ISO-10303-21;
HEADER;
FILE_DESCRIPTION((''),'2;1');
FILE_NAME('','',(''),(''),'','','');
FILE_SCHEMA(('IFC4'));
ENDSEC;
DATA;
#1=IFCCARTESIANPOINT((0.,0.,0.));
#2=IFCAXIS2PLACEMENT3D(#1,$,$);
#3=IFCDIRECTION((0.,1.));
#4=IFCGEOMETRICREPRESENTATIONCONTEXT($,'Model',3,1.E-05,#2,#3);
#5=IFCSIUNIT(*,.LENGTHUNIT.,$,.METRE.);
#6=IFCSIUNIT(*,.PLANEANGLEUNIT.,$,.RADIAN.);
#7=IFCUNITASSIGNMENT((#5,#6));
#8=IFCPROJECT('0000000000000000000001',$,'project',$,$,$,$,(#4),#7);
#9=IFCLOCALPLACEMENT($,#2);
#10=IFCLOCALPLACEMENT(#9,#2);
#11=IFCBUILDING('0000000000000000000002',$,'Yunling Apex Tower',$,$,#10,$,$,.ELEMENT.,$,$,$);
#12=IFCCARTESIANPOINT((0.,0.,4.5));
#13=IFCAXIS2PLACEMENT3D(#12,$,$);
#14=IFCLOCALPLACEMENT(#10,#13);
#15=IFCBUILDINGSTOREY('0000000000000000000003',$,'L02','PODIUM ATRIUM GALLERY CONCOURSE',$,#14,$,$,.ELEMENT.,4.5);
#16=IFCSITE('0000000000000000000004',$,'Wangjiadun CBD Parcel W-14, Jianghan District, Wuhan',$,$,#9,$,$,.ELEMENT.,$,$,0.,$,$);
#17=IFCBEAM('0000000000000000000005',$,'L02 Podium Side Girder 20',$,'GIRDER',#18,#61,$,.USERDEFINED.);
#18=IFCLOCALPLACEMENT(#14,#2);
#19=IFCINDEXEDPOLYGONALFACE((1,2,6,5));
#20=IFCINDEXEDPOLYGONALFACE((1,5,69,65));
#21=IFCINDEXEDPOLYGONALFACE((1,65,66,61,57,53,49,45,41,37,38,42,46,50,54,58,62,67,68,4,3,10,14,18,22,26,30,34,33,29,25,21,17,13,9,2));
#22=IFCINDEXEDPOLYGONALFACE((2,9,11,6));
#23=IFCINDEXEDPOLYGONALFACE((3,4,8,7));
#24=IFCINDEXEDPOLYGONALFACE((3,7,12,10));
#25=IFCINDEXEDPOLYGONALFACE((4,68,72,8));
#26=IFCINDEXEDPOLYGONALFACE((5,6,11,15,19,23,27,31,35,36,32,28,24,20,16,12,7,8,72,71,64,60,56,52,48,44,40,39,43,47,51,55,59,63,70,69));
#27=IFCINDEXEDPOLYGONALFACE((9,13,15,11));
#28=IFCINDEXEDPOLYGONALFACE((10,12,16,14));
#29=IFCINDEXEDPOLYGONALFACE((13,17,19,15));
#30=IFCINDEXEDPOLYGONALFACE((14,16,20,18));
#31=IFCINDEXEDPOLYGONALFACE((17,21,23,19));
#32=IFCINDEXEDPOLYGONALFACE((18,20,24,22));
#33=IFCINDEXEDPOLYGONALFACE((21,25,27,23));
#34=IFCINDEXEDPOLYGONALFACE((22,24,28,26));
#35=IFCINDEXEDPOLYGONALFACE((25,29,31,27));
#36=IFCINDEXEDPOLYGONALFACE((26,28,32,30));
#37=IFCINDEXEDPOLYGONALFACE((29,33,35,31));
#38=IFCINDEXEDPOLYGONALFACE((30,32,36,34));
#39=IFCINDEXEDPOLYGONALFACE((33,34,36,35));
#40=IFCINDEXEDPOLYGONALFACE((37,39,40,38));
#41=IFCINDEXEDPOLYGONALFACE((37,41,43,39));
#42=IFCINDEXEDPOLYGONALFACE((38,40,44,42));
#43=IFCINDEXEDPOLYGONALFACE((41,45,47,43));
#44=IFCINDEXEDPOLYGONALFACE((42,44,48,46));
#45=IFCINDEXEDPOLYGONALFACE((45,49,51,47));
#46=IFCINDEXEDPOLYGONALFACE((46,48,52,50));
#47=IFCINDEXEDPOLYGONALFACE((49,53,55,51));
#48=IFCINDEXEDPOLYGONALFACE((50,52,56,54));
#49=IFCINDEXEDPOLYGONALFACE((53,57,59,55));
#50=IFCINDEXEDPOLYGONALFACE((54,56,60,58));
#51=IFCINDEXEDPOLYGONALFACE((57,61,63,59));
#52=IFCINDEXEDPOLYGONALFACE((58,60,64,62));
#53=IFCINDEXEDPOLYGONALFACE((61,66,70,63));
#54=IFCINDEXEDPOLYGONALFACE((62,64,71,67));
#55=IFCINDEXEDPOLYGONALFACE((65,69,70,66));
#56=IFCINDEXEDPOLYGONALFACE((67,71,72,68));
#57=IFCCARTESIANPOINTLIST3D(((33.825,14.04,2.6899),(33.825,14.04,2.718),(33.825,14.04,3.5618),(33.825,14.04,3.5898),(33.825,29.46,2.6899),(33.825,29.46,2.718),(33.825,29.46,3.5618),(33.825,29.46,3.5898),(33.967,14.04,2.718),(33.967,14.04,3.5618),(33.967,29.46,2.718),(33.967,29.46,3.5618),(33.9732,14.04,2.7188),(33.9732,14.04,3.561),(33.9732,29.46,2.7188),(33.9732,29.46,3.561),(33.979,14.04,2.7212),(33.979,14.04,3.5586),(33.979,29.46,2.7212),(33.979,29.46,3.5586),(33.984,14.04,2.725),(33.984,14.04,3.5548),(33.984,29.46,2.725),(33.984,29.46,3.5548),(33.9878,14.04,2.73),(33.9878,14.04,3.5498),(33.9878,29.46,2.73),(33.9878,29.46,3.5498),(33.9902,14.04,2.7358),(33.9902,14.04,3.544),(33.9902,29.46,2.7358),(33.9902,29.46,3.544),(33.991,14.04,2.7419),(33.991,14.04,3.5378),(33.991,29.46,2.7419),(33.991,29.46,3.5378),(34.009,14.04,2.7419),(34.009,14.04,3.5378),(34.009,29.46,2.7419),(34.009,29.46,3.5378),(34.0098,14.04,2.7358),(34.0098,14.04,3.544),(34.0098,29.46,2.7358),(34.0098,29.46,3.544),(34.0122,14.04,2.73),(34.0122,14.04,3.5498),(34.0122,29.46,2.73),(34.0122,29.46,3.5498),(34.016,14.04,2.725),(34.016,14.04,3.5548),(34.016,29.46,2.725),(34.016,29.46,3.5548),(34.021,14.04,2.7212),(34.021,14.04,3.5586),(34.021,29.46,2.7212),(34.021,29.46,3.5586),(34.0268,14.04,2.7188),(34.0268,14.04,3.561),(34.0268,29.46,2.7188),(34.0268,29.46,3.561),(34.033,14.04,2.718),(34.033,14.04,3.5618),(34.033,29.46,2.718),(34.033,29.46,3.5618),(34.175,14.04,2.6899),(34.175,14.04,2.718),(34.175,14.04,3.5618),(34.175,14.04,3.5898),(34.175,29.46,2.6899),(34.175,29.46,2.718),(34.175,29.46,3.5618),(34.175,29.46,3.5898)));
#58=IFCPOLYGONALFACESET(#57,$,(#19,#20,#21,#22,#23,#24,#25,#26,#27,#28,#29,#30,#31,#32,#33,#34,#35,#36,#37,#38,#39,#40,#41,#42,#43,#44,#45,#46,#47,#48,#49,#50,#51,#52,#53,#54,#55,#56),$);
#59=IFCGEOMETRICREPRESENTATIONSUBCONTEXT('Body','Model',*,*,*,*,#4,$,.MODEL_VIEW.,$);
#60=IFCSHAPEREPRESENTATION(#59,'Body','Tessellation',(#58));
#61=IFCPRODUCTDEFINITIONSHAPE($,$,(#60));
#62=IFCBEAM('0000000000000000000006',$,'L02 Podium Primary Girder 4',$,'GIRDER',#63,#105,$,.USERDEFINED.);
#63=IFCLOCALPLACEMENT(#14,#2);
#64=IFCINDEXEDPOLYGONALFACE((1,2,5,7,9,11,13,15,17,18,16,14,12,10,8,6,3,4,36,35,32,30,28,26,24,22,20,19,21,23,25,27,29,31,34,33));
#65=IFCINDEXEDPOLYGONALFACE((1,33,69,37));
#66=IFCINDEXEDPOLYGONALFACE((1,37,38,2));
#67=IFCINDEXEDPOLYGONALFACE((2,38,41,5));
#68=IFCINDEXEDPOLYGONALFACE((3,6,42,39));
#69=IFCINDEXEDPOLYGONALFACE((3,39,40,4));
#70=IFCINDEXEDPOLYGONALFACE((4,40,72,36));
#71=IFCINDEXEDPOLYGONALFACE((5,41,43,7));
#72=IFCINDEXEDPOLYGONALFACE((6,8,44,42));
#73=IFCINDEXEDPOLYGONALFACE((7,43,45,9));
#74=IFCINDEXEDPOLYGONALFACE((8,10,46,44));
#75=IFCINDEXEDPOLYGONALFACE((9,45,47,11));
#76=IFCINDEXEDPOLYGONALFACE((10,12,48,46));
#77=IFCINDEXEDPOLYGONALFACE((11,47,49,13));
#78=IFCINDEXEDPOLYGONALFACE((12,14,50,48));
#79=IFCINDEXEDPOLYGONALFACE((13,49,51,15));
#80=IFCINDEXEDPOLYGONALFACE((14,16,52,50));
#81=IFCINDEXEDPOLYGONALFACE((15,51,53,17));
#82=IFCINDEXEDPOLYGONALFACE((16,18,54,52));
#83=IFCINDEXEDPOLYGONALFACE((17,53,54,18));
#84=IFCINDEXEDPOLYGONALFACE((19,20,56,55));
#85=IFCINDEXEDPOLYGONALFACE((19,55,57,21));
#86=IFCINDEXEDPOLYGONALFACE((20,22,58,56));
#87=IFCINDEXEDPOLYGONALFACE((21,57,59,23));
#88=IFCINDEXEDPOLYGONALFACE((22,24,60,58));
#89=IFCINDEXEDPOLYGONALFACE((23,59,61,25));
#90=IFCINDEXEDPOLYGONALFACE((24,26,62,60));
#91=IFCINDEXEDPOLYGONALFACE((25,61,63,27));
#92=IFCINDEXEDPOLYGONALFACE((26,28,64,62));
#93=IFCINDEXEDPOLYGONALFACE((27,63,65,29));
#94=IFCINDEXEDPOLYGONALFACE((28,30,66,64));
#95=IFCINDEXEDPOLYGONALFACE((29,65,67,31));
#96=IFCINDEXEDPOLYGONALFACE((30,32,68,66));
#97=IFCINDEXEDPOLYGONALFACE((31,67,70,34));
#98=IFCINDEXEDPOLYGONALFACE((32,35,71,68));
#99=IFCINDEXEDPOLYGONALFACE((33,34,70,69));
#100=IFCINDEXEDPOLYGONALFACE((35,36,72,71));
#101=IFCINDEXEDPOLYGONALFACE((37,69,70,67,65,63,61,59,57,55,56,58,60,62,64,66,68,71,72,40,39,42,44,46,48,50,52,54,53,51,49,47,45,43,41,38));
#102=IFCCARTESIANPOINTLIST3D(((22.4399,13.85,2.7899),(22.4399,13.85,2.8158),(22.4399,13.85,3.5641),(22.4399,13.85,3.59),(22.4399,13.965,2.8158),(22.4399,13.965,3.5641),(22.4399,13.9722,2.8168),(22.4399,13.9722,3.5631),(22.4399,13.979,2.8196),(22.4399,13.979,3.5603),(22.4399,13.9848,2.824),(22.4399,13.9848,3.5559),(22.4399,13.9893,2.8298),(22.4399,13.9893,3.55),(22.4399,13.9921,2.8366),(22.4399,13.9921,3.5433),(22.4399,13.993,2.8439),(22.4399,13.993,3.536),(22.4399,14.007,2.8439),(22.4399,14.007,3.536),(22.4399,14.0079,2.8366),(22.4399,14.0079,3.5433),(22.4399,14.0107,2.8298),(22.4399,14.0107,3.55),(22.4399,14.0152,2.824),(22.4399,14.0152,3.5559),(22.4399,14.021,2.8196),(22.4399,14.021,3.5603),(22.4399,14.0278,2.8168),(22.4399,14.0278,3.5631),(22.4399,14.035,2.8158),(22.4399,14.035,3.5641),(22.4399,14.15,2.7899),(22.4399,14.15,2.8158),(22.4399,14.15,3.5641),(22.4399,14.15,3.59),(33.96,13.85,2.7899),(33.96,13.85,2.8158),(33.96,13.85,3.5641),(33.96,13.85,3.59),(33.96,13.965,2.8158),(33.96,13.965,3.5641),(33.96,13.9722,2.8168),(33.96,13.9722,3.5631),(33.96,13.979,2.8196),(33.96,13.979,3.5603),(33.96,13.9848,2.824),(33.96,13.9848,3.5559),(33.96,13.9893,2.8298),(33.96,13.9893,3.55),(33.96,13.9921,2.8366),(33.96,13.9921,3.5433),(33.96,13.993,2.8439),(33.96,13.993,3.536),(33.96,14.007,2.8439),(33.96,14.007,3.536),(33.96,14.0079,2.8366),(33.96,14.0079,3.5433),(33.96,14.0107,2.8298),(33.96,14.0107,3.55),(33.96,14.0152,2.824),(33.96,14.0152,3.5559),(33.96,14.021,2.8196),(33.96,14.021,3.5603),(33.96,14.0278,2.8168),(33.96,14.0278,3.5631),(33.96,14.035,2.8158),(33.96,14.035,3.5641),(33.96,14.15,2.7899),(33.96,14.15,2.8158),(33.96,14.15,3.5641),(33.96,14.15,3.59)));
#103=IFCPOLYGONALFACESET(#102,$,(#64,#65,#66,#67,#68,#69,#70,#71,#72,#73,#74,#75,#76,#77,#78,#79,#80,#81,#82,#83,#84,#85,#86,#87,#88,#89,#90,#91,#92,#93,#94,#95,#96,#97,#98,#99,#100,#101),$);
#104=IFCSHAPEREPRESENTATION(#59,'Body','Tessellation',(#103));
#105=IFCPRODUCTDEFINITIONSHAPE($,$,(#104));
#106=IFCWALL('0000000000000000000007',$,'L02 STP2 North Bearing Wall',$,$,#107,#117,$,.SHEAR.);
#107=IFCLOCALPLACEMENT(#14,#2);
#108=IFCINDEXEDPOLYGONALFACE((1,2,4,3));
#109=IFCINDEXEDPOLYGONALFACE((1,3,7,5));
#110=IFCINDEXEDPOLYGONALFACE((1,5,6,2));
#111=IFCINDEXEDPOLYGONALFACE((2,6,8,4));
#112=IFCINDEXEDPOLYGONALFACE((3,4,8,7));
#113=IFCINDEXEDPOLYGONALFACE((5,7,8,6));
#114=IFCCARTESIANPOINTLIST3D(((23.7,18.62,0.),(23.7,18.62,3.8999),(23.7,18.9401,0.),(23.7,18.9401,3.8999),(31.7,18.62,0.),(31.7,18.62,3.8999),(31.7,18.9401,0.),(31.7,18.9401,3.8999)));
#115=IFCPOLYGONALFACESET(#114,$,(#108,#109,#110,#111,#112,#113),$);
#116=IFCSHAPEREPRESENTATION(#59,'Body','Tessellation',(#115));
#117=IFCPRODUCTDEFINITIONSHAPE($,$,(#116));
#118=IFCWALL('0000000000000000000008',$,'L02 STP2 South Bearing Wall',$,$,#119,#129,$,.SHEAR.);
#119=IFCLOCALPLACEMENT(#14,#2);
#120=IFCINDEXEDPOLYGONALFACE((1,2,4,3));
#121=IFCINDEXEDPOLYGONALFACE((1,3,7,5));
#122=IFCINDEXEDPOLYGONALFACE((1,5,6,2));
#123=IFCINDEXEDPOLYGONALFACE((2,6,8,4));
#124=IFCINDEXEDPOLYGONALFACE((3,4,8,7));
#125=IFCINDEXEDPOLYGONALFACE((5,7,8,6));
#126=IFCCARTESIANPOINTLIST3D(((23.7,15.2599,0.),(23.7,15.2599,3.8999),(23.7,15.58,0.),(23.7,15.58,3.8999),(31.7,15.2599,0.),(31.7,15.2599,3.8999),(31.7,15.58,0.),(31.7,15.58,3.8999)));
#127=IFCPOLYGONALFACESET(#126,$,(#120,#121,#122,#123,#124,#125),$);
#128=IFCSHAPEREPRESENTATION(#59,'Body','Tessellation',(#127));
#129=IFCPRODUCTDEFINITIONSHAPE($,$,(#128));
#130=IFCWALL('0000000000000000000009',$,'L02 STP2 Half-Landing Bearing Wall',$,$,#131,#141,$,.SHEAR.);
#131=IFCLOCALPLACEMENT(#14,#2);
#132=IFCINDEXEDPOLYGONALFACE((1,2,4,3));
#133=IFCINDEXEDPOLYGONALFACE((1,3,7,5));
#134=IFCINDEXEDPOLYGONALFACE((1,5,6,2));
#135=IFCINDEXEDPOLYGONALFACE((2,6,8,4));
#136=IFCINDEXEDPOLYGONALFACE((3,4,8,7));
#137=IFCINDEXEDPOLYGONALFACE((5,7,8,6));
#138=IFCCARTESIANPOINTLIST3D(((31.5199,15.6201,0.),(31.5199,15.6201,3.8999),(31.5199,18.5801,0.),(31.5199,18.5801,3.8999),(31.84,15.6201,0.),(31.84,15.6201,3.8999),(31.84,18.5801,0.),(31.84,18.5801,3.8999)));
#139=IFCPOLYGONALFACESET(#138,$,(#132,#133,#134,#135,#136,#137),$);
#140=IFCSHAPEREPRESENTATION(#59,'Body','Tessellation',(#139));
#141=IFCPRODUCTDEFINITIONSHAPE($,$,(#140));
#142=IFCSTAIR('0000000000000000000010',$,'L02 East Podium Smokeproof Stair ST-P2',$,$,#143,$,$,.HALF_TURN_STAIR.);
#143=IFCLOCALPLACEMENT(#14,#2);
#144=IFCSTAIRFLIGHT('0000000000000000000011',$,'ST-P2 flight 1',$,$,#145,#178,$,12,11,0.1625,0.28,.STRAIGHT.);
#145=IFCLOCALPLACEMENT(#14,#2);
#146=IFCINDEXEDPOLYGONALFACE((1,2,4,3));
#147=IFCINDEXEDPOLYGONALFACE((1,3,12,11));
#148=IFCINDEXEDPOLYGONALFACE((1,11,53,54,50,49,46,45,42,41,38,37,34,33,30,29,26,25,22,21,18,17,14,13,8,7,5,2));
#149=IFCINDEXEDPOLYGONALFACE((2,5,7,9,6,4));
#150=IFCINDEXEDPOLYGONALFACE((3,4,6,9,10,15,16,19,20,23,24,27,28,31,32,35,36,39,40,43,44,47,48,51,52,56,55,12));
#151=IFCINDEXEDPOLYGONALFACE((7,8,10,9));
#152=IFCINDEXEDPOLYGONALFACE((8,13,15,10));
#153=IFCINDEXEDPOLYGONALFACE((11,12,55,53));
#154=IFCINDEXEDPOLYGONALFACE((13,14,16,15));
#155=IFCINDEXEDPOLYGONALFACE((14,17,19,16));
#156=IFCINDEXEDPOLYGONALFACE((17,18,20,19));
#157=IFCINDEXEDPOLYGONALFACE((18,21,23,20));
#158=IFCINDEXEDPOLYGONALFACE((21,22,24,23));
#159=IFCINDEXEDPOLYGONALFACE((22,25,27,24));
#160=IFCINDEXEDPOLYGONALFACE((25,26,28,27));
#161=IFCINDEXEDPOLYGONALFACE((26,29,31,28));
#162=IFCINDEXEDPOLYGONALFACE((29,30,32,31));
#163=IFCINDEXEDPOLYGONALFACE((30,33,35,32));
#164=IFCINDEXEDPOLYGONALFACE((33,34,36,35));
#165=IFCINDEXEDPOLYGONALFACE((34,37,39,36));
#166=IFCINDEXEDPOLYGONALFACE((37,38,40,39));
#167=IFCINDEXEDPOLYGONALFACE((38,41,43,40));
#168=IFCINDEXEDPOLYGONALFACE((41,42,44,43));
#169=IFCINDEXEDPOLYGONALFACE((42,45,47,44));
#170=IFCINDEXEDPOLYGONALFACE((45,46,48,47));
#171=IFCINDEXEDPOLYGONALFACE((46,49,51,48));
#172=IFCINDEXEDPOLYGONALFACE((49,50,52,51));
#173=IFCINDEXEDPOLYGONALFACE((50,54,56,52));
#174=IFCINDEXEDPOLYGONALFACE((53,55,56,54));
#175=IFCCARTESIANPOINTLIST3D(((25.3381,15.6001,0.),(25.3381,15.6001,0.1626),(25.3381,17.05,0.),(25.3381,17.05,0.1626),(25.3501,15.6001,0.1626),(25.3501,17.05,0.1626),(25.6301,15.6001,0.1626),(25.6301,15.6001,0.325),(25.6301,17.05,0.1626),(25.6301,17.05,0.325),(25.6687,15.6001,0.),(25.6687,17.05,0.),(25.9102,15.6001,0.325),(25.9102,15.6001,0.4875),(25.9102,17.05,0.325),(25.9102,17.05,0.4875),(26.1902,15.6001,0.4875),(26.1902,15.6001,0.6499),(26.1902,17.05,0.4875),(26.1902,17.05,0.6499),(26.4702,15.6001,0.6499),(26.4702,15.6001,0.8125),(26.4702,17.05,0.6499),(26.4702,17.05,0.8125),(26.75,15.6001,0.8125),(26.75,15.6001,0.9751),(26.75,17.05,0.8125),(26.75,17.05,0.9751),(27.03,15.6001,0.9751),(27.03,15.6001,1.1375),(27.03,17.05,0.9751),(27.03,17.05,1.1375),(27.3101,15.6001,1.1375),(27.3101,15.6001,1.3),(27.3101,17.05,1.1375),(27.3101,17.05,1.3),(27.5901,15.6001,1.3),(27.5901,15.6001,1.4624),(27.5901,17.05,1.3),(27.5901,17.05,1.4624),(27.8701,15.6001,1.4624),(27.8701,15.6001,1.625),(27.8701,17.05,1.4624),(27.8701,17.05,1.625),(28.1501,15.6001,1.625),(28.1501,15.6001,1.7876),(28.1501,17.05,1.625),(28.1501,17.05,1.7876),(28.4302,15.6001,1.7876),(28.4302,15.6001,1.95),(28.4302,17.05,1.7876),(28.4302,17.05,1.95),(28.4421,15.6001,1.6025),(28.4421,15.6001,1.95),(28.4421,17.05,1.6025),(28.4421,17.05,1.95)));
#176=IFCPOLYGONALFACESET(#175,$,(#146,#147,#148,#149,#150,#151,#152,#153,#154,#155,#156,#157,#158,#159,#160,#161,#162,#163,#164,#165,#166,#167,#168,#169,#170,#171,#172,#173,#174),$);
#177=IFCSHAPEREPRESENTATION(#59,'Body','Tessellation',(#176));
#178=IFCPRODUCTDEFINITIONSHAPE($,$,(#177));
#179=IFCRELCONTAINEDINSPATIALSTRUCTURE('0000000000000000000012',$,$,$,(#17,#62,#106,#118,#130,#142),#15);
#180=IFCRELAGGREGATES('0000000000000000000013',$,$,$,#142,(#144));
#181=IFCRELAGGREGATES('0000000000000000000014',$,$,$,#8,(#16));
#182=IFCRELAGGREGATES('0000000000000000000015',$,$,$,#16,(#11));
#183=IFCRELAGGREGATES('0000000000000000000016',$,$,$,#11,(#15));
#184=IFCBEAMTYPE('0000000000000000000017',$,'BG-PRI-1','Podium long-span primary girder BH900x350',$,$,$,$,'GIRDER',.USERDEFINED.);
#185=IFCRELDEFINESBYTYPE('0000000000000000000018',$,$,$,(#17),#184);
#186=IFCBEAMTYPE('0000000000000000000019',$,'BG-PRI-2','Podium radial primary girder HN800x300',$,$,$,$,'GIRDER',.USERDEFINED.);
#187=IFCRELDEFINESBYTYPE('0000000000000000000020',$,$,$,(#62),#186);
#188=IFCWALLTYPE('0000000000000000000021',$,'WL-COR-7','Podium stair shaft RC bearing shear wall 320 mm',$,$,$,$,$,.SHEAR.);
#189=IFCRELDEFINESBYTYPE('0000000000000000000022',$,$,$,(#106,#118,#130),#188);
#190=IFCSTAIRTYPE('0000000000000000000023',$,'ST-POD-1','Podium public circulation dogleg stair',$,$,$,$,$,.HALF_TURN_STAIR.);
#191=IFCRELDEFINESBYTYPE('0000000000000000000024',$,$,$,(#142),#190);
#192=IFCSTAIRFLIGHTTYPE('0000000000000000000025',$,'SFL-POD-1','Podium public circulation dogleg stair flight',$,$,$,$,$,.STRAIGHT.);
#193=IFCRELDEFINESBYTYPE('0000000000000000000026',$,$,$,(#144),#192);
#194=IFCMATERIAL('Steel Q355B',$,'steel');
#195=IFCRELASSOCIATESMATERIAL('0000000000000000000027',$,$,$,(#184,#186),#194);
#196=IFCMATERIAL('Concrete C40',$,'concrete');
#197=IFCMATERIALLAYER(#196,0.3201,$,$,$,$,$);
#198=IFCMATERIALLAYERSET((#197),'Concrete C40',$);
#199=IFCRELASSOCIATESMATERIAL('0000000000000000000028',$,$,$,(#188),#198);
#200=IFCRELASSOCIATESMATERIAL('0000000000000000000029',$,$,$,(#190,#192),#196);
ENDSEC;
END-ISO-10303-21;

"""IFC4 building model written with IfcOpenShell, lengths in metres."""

from ifc_helpers import new_model, si_unit, direction, frame, frame_2d, origin, origin_2d, place, context, subcontext, project, spatial, polyline, rectangle, i_section, outline, extrude, source, transform, mapped, material, layer, layer_set, material_profile, profile_set, type_object, element, aggregate, save


model = new_model("IFC4")

# Units and contexts
model_context = context("Model", 3, precision=1e-05, world=origin(), true_north=direction((0.0, 1.0)))
body_context = subcontext(model_context, "Body", "Model", "MODEL_VIEW")
ifc_project = project(units=[si_unit("LENGTHUNIT", "METRE"), si_unit("PLANEANGLEUNIT", "RADIAN")], contexts=[model_context])

# Site, building, storey
site_placement = place(None, origin())
site = spatial("IfcSite", under=ifc_project, at=site_placement, Name="Wangjiadun CBD Parcel W-14, Jianghan District, Wuhan", CompositionType="ELEMENT", RefElevation=0.0)
building_placement = place(site_placement, origin())
building = spatial("IfcBuilding", under=site, at=building_placement, Name="Yunling Apex Tower", CompositionType="ELEMENT")
storey_placement = place(building_placement, frame((0.0, 0.0, 4.5)))
storey = spatial("IfcBuildingStorey", under=building, at=storey_placement, Name="L02", Description="PODIUM ATRIUM GALLERY CONCOURSE", CompositionType="ELEMENT", Elevation=4.5)

# Beams
ifc_material_1 = material(Name="Steel Q355B", Category="steel")
ifc_material_profile_1 = material_profile(ifc_material_1, i_section(OverallWidth=0.3501, OverallDepth=0.8999, WebThickness=0.0181, FlangeThickness=0.0281, FilletRadius=0.0239, at=origin_2d()))
ifc_profile_set_1 = profile_set([ifc_material_profile_1], Name="Steel Q355B")
beam_type_1 = type_object("IfcBeamType", Name="BG-PRI-1", Description="Podium long-span primary girder BH900x350", ElementType="GIRDER", PredefinedType="USERDEFINED", material=ifc_profile_set_1)
shared_shape_1 = source(origin(), body_context, "Body", "SweptSolid", [
    extrude(i_section(OverallWidth=0.3501, OverallDepth=0.8999, WebThickness=0.0181, FlangeThickness=0.0281, FilletRadius=0.0239, at=origin_2d()), origin(), (0.0, 0.0, 1.0), 15.4199),
])
beam_1_placement = place(storey_placement, frame((34.0, 14.04, 3.1399), z_axis=(0.0, 1.0, 0.0), x_axis=(-1.0, 0.0, 0.0)))
element("IfcBeam", 1, at=beam_1_placement, inside=storey, type_object=beam_type_1, Name="L02 Podium Side Girder 20", ObjectType="GIRDER", PredefinedType="USERDEFINED", context=body_context, shape_type="MappedRepresentation", body=[
    mapped(shared_shape_1, transform((0.0, 0.0, 0.0), scale=1.0)),
])
ifc_material_profile_2 = material_profile(ifc_material_1, i_section(OverallWidth=0.3, OverallDepth=0.8, WebThickness=0.0139, FlangeThickness=0.0259, FilletRadius=0.0281, at=origin_2d()))
ifc_profile_set_2 = profile_set([ifc_material_profile_2], Name="Steel Q355B")
beam_type_2 = type_object("IfcBeamType", Name="BG-PRI-2", Description="Podium radial primary girder HN800x300", ElementType="GIRDER", PredefinedType="USERDEFINED", material=ifc_profile_set_2)
shared_shape_2 = source(origin(), body_context, "Body", "SweptSolid", [
    extrude(i_section(OverallWidth=0.3, OverallDepth=0.8, WebThickness=0.0139, FlangeThickness=0.0259, FilletRadius=0.0281, at=origin_2d()), origin(), (0.0, 0.0, 1.0), 11.52),
])
beam_2_placement = place(storey_placement, frame((22.4399, 14.0, 3.1899), z_axis=(1.0, 0.0, 0.0), x_axis=(0.0, 1.0, 0.0)))
element("IfcBeam", 2, at=beam_2_placement, inside=storey, type_object=beam_type_2, Name="L02 Podium Primary Girder 4", ObjectType="GIRDER", PredefinedType="USERDEFINED", context=body_context, shape_type="MappedRepresentation", body=[
    mapped(shared_shape_2, transform((0.0, 0.0, 0.0), scale=1.0)),
])

# Walls
ifc_material_2 = material(Name="Concrete C40", Category="concrete")
ifc_layer_1 = layer(ifc_material_2, 0.3201)
ifc_layer_set_1 = layer_set([ifc_layer_1], Name="Concrete C40")
wall_type_1 = type_object("IfcWallType", Name="WL-COR-7", Description="Podium stair shaft RC bearing shear wall 320 mm", PredefinedType="SHEAR", material=ifc_layer_set_1)
for number, where, z_axis, x_axis, name in (
    (3, (23.7, 18.78, 0.0), (0.0, 0.0, 1.0), (1.0, 0.0, 0.0), "L02 STP2 North Bearing Wall"),
    (4, (23.7, 15.4199, 0.0), (0.0, 0.0, 1.0), (1.0, 0.0, 0.0), "L02 STP2 South Bearing Wall"),
):
    element("IfcWall", number, at=place(storey_placement, frame(where, z_axis=z_axis, x_axis=x_axis)), inside=storey, type_object=wall_type_1, Name=name, PredefinedType="SHEAR", context=body_context, shape_type="SweptSolid", body=[
        extrude(rectangle(XDim=8.0, YDim=0.3201, at=frame_2d((4.0, 0.0))), origin(), (0.0, 0.0, 1.0), 3.8999),
    ])
wall_1_placement = place(storey_placement, frame((31.6799, 15.6201, 0.0), z_axis=(0.0, 0.0, 1.0), x_axis=(0.0, 1.0, 0.0)))
element("IfcWall", 5, at=wall_1_placement, inside=storey, type_object=wall_type_1, Name="L02 STP2 Half-Landing Bearing Wall", PredefinedType="SHEAR", context=body_context, shape_type="SweptSolid", body=[
    extrude(rectangle(XDim=2.96, YDim=0.3201, at=frame_2d((1.48, 0.0))), origin(), (0.0, 0.0, 1.0), 3.8999),
])

# Stair, stair flight
stair_type = type_object("IfcStairType", Name="ST-POD-1", Description="Podium public circulation dogleg stair", PredefinedType="HALF_TURN_STAIR", material=ifc_material_2)
stair_placement = place(storey_placement, origin())
stair = element("IfcStair", 6, at=stair_placement, inside=storey, type_object=stair_type, Name="L02 East Podium Smokeproof Stair ST-P2", PredefinedType="HALF_TURN_STAIR")
stair_flight_type = type_object("IfcStairFlightType", Name="SFL-POD-1", Description="Podium public circulation dogleg stair flight", PredefinedType="STRAIGHT", material=ifc_material_2)
stair_flight_1_placement = place(storey_placement, frame((25.3501, 16.325, 0.0), z_axis=(0.0, 0.0, 1.0), x_axis=(1.0, 0.0, 0.0)))
stair_flight_1 = element("IfcStairFlight", 7, at=stair_flight_1_placement, type_object=stair_flight_type, Name="ST-P2 flight 1", NumberOfRisers=12, NumberOfTreads=11, PredefinedType="STRAIGHT", RiserHeight=0.1625, TreadLength=0.28, context=body_context, shape_type="SweptSolid", body=[
    extrude(outline(polyline([(-0.012, 0.0), (-0.012, 0.1626), (0.0, 0.1626), (0.28, 0.1626), (0.28, 0.325), (0.5601, 0.325), (0.5601, 0.4875), (0.8401, 0.4875), (0.8401, 0.6499), (1.1201, 0.6499), (1.1201, 0.8125), (1.3999, 0.8125), (1.3999, 0.9751), (1.6799, 0.9751), (1.6799, 1.1375), (1.96, 1.1375), (1.96, 1.3), (2.24, 1.3), (2.24, 1.4624), (2.52, 1.4624), (2.52, 1.625), (2.8, 1.625), (2.8, 1.7876), (3.0801, 1.7876), (3.0801, 1.95), (3.092, 1.95), (3.092, 1.6025), (0.3186, 0.0), (-0.012, 0.0)])), frame((0.0, 0.7251, 0.0), z_axis=(0.0, -1.0, 0.0), x_axis=(1.0, 0.0, 0.0)), (0.0, 0.0, 1.0), 1.45),
])
aggregate(stair, [stair_flight_1])

save(model, "model.ifc")
